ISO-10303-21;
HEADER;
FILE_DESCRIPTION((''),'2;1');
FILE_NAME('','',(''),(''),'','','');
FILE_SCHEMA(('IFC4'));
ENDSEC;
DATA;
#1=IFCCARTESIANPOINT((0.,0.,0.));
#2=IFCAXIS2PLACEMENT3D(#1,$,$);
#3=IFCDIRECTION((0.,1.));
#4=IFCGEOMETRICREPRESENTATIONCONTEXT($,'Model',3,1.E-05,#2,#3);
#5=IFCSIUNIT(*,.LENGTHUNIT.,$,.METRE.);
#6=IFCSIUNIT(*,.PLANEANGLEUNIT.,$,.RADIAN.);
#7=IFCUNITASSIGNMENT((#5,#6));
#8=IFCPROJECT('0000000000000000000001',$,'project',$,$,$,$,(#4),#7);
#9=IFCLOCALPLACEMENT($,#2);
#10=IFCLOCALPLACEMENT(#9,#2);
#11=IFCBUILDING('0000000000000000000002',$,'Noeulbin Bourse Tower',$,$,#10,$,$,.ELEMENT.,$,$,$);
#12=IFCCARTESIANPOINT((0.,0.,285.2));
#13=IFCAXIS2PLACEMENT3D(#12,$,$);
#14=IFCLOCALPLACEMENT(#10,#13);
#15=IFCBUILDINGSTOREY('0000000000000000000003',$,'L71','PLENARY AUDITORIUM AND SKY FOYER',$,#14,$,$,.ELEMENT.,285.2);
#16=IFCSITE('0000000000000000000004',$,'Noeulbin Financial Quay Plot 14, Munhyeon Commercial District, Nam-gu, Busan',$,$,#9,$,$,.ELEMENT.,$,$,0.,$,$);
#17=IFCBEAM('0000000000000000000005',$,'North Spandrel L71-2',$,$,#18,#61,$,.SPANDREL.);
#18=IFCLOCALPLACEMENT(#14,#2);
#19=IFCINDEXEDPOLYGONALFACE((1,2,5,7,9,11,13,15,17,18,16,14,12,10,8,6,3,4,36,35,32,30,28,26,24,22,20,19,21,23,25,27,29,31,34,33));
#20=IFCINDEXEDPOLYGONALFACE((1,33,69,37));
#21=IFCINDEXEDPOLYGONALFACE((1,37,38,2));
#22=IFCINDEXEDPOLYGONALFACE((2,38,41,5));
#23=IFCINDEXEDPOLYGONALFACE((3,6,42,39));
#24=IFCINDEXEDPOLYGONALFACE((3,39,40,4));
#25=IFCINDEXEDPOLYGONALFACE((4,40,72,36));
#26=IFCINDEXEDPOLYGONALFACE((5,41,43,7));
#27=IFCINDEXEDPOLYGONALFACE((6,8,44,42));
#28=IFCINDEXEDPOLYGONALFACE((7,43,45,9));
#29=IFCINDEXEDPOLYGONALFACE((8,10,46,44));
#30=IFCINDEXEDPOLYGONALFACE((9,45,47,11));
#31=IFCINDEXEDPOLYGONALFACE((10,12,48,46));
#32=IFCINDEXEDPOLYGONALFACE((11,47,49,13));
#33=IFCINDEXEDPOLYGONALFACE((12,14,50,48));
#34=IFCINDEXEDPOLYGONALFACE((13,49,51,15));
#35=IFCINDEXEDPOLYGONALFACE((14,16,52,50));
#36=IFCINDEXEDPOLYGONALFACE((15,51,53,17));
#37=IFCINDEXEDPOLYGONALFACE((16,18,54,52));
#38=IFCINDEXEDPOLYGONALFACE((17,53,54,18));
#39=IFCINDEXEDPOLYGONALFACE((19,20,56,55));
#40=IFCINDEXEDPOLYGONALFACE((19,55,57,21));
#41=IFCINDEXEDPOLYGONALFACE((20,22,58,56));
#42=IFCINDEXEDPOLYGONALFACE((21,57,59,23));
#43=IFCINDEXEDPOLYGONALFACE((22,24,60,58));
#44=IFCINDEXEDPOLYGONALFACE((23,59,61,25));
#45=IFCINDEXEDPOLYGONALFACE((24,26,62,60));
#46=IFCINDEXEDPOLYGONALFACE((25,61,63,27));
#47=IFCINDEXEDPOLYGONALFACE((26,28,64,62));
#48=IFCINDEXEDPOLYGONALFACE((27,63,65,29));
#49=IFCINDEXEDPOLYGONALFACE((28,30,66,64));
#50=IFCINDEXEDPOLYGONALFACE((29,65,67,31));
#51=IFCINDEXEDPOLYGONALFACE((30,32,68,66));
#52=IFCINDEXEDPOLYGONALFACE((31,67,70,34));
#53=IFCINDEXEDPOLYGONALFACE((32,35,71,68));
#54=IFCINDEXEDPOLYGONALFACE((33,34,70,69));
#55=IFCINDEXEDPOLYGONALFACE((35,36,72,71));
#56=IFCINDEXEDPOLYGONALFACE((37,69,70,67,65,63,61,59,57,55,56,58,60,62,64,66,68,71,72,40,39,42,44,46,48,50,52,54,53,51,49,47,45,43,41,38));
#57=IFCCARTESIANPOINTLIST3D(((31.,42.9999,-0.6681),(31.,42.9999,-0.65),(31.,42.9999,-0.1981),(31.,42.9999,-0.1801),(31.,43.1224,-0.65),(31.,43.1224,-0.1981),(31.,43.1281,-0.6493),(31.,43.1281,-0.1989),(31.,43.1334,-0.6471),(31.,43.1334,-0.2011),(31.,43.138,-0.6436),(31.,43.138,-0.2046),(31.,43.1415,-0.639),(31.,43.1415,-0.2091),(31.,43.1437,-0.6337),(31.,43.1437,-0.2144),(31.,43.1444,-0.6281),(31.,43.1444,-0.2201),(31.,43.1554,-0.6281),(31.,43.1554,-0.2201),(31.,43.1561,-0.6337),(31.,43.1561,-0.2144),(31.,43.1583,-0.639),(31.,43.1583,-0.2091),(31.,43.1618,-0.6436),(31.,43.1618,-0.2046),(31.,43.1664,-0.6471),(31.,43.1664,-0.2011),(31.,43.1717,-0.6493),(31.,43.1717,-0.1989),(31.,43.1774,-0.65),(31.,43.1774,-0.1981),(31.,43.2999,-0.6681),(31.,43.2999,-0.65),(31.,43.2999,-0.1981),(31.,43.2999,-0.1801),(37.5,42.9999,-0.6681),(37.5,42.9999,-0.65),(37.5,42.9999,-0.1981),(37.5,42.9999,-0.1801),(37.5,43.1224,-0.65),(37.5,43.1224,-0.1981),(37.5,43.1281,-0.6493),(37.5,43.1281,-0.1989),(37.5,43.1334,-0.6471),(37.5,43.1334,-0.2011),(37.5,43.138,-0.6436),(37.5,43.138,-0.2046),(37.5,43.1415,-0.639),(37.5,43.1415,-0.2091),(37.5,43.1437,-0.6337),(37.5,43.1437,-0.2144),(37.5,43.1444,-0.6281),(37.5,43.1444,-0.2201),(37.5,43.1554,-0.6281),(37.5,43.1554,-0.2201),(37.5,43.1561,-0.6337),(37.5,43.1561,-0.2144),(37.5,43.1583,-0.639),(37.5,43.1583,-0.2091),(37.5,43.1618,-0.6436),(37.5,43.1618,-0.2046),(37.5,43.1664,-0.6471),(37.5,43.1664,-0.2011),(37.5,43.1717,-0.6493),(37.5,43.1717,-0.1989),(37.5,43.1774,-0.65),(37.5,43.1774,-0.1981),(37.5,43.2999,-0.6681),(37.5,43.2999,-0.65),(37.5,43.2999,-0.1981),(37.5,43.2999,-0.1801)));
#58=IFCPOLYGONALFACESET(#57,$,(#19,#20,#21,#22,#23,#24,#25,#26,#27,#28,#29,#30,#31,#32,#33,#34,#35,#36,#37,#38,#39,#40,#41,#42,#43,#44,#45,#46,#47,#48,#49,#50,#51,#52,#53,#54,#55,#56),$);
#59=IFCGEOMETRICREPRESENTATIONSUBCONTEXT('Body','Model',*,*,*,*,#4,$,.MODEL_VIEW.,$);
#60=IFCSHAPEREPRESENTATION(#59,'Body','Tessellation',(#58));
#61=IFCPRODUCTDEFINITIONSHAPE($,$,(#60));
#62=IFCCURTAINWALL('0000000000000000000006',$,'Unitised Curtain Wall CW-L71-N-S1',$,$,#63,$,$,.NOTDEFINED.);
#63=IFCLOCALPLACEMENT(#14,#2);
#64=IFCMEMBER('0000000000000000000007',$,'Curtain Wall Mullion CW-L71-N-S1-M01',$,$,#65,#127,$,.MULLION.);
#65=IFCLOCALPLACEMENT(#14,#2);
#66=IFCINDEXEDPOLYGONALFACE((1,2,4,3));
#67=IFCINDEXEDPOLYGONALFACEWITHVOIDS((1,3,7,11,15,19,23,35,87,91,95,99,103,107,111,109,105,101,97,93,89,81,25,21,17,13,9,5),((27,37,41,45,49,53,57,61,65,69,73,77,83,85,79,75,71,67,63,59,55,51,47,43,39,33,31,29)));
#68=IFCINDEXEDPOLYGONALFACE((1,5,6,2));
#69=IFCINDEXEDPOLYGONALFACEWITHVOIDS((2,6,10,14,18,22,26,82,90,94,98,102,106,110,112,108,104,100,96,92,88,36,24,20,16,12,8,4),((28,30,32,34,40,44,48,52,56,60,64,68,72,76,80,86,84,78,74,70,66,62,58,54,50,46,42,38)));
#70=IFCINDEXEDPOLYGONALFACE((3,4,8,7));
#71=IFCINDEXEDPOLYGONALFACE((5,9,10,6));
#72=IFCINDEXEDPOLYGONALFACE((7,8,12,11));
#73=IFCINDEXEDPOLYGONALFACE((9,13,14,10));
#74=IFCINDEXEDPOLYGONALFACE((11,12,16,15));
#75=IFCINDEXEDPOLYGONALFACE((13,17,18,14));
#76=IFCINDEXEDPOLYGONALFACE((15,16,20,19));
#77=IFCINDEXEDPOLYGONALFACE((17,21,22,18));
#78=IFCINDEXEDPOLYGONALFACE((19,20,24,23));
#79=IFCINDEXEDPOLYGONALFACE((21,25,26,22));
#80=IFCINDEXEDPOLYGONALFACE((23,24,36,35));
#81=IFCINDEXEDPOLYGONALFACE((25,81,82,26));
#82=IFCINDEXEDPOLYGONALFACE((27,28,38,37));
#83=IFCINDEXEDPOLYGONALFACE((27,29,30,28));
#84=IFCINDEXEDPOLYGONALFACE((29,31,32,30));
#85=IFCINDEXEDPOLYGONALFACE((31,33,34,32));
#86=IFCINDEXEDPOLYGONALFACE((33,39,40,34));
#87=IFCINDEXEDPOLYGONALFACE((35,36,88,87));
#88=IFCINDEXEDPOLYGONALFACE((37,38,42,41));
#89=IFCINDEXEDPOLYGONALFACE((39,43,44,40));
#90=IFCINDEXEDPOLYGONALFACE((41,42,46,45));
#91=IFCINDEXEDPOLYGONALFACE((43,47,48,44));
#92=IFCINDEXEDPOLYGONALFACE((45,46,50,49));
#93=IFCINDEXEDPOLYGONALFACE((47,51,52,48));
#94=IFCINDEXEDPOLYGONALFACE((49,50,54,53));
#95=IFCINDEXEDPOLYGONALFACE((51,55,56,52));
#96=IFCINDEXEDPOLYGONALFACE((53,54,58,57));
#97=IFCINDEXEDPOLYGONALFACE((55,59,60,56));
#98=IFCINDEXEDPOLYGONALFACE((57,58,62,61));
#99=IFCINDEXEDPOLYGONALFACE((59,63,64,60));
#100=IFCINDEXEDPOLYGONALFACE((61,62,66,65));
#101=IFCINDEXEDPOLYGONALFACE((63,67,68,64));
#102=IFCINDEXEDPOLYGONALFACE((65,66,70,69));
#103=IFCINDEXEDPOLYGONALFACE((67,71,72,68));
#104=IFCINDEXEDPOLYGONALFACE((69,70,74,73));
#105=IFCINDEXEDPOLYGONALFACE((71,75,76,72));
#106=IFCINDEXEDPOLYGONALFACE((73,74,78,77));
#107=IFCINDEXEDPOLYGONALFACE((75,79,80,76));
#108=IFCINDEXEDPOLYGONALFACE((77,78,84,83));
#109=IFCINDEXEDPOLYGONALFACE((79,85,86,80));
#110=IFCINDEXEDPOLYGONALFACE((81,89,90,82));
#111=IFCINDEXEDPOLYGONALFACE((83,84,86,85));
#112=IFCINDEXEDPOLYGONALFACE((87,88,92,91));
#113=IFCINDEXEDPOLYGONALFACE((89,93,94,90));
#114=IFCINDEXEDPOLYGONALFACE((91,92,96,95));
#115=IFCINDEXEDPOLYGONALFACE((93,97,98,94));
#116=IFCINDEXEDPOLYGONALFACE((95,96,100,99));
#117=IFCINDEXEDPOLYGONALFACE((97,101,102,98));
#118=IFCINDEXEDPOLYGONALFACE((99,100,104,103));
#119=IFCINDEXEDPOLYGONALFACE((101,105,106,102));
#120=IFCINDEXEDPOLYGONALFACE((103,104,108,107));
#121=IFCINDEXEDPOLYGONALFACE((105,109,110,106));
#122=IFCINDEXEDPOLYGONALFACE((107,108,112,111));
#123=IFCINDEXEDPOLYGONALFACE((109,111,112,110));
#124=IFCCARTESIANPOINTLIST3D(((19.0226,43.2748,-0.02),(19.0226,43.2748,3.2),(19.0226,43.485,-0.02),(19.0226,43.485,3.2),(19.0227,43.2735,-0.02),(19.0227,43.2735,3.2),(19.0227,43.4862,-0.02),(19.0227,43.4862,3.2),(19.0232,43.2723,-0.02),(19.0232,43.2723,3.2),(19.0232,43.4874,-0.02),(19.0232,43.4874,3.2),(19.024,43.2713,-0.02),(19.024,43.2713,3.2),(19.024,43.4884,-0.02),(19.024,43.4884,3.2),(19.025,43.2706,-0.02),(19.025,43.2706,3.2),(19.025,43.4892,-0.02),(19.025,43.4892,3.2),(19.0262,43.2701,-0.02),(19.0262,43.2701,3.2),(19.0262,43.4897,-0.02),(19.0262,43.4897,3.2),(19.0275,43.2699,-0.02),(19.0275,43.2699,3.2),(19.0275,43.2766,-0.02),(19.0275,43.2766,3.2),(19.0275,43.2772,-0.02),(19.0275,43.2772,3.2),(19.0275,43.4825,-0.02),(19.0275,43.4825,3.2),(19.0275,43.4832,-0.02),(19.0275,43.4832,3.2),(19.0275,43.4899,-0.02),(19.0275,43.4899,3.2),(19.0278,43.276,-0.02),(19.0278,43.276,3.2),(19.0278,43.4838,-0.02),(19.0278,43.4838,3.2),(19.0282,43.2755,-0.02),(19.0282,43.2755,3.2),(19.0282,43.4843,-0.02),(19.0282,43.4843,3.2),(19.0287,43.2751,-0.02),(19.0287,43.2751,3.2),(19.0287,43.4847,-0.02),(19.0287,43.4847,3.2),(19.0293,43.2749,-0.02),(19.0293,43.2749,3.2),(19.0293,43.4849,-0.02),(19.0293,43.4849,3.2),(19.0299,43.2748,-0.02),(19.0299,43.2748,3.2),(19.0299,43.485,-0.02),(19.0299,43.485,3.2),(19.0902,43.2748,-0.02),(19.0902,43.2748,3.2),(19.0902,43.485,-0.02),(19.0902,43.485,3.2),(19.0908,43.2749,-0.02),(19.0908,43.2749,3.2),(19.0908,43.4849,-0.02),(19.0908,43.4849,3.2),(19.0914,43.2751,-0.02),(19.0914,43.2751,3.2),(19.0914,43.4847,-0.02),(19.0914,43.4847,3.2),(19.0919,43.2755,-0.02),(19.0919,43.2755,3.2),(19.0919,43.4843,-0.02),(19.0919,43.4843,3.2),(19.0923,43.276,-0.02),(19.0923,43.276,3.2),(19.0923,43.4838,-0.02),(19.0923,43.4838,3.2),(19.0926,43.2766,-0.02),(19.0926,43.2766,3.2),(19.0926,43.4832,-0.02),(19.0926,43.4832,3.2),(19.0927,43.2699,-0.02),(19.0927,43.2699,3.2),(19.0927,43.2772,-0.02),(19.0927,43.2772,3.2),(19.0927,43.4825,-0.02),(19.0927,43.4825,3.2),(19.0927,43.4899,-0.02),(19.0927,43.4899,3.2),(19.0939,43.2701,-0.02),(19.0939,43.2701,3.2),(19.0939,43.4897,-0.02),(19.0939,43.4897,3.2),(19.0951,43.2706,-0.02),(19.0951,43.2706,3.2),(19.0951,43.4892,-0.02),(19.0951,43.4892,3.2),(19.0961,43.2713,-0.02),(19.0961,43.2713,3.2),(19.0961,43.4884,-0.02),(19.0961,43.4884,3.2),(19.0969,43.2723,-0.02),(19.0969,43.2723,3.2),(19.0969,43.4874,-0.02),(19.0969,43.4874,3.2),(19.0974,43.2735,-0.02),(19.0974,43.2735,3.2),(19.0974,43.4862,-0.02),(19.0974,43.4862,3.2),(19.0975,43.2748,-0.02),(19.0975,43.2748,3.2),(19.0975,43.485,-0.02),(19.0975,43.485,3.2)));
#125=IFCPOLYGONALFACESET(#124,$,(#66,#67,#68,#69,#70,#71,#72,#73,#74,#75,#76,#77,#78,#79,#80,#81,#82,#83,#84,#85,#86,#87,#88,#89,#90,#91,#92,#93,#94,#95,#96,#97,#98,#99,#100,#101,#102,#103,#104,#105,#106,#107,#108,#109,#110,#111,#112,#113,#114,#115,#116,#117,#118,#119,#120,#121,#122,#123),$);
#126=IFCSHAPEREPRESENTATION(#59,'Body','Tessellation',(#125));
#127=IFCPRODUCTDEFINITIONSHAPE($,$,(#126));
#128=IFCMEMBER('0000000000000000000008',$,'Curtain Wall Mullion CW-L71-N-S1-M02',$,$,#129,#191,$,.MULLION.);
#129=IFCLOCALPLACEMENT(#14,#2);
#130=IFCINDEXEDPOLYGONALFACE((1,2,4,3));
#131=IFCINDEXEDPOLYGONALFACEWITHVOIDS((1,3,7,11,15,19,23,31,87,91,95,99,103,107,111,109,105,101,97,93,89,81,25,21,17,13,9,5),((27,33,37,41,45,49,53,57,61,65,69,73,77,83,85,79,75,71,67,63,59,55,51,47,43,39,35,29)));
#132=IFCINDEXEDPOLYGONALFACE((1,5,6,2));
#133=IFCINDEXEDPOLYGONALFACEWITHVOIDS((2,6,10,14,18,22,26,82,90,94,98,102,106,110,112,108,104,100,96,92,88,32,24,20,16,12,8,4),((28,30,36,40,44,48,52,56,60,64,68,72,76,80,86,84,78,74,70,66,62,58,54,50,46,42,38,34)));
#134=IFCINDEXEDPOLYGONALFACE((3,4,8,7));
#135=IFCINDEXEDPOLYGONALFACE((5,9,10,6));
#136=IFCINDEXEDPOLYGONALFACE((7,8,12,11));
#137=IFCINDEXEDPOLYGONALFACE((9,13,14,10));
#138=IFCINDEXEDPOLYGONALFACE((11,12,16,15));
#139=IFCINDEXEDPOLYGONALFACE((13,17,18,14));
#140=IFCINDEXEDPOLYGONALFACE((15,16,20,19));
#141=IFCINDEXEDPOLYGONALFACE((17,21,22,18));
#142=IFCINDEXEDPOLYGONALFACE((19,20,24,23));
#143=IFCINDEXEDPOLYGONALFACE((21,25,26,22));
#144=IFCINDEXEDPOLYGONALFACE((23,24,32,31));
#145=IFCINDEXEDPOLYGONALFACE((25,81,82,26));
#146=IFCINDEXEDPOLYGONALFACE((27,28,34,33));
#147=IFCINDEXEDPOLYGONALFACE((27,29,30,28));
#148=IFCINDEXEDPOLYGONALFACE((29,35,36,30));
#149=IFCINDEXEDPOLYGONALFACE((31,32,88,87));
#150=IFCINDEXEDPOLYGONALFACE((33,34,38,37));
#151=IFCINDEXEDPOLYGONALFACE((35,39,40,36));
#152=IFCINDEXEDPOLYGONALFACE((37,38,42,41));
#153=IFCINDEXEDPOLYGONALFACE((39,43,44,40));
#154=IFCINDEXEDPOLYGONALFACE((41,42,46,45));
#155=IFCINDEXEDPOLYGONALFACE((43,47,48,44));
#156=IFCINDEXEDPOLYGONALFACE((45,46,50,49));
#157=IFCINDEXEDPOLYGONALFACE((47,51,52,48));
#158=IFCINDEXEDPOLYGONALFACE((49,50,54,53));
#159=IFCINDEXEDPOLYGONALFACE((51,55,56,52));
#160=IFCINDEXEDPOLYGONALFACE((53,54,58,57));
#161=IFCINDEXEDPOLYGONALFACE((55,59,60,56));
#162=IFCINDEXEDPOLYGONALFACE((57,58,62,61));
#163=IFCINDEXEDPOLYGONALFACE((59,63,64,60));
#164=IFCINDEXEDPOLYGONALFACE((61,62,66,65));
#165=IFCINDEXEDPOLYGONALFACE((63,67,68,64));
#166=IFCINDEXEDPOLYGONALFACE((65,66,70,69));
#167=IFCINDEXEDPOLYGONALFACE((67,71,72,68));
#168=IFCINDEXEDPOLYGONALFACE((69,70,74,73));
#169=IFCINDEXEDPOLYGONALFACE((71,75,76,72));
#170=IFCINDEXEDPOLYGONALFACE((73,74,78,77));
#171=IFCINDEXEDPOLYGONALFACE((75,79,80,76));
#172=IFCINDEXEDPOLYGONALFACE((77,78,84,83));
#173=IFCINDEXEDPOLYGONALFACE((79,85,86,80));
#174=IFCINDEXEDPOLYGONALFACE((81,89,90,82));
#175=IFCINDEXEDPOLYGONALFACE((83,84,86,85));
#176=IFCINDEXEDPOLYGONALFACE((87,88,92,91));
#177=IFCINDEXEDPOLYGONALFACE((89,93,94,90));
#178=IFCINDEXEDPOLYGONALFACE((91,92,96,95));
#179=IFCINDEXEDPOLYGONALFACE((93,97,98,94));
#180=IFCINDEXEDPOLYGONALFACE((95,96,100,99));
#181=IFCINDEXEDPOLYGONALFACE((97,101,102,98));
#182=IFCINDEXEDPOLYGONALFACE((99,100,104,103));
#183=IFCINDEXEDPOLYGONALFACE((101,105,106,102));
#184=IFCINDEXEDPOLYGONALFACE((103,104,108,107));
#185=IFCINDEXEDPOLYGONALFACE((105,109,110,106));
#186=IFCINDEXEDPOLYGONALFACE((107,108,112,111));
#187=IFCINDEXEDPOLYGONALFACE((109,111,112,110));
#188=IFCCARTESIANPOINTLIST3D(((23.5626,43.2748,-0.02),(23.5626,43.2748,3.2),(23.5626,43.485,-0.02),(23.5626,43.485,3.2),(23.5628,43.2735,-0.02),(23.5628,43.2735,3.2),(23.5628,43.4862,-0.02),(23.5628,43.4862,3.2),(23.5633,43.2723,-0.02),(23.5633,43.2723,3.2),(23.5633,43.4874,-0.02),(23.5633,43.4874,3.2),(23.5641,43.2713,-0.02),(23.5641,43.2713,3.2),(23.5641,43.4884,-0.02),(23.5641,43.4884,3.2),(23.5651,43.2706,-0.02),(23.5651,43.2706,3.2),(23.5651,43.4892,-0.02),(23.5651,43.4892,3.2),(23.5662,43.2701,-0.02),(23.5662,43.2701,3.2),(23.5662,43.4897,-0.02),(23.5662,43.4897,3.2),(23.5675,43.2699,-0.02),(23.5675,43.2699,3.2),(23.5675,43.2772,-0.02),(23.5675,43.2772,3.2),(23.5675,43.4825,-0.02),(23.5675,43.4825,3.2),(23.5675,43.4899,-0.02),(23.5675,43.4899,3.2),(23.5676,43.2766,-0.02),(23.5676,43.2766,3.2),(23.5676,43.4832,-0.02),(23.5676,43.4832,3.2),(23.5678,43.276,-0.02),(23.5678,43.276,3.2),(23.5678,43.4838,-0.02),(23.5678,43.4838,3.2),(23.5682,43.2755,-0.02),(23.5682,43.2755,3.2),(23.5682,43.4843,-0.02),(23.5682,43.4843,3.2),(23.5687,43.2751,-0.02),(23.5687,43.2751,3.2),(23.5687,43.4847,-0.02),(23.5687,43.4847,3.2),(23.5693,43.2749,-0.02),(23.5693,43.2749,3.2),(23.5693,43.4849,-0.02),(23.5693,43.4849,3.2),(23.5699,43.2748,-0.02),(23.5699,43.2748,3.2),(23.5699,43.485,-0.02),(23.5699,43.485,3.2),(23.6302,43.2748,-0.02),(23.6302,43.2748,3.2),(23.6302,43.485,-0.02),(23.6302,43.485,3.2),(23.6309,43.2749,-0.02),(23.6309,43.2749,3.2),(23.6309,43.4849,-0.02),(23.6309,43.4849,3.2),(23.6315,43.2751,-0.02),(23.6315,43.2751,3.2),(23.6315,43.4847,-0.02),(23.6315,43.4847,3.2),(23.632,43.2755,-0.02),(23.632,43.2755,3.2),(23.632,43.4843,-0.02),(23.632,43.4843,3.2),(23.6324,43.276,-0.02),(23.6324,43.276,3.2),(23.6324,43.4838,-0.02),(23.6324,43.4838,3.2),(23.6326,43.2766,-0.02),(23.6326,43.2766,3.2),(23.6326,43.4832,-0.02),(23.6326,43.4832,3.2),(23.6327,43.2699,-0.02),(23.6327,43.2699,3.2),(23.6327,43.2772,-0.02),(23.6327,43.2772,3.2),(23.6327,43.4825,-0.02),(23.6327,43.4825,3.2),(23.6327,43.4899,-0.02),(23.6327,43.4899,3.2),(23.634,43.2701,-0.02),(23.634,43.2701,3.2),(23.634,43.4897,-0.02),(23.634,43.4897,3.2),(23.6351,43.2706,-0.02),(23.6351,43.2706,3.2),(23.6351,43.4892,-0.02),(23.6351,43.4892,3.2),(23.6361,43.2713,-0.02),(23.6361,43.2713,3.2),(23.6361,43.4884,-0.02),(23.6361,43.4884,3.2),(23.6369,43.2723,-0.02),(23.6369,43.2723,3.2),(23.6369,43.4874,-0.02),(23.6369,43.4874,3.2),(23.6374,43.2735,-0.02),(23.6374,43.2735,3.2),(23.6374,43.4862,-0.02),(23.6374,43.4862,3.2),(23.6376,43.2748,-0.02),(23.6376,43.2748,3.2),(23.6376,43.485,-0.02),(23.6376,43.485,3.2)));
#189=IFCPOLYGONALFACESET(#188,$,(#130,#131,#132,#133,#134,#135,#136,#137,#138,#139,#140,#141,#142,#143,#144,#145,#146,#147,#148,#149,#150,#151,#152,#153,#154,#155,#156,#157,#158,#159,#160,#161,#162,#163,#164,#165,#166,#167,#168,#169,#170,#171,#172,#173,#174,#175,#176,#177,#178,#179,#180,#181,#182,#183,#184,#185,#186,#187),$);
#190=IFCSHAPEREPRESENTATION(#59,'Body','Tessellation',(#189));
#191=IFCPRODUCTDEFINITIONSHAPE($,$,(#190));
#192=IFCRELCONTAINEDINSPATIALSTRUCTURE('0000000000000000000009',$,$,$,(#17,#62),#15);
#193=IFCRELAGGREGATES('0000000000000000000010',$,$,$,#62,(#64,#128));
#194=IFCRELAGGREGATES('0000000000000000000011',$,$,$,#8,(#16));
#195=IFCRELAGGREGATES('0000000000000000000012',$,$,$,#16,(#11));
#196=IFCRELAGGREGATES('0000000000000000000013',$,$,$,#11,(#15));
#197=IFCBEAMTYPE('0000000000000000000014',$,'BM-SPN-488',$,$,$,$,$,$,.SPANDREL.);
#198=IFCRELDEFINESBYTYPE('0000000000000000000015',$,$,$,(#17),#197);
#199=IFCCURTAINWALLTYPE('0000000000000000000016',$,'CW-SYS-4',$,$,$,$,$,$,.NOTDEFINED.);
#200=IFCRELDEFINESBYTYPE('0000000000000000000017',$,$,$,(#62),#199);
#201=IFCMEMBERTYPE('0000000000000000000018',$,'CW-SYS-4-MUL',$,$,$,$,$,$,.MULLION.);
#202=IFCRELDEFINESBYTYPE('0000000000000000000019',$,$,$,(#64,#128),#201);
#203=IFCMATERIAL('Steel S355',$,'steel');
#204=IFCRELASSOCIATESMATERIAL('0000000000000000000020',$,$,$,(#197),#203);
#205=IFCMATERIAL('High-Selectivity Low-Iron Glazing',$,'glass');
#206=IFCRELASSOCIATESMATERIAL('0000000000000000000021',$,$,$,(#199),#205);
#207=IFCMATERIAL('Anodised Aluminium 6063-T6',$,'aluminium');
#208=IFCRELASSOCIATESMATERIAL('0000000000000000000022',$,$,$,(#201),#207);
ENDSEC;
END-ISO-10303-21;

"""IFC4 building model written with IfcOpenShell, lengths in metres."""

from ifc_helpers import new_model, si_unit, direction, frame, origin, origin_2d, place, context, subcontext, project, spatial, hollow_rectangle, i_section, extrude, material, material_profile, profile_set, type_object, element, aggregate, save


model = new_model("IFC4")

# Units and contexts
model_context = context("Model", 3, precision=1e-05, world=origin(), true_north=direction((0.0, 1.0)))
body_context = subcontext(model_context, "Body", "Model", "MODEL_VIEW")
ifc_project = project(units=[si_unit("LENGTHUNIT", "METRE"), si_unit("PLANEANGLEUNIT", "RADIAN")], contexts=[model_context])

# Site, building, storey
site_placement = place(None, origin())
site = spatial("IfcSite", under=ifc_project, at=site_placement, Name="Noeulbin Financial Quay Plot 14, Munhyeon Commercial District, Nam-gu, Busan", CompositionType="ELEMENT", RefElevation=0.0)
building_placement = place(site_placement, origin())
building = spatial("IfcBuilding", under=site, at=building_placement, Name="Noeulbin Bourse Tower", CompositionType="ELEMENT")
storey_placement = place(building_placement, frame((0.0, 0.0, 285.2)))
storey = spatial("IfcBuildingStorey", under=building, at=storey_placement, Name="L71", Description="PLENARY AUDITORIUM AND SKY FOYER", CompositionType="ELEMENT", Elevation=285.2)

# Shared definitions
ifc_material_1 = material(Name="Steel S355", Category="steel")

# Beam
ifc_material_profile_1 = material_profile(ifc_material_1, i_section(OverallWidth=0.3, OverallDepth=0.488, WebThickness=0.011, FlangeThickness=0.0181, FilletRadius=0.022, at=origin_2d()), Name="H-488x300x11x18", Category="LoadBearing")
ifc_profile_set_1 = profile_set([ifc_material_profile_1], Name="Steel S355")
beam_type_1 = type_object("IfcBeamType", Name="BM-SPN-488", PredefinedType="SPANDREL", material=ifc_profile_set_1)
beam_1_placement = place(storey_placement, frame((31.0, 43.1499, -0.4241), z_axis=(1.0, 0.0, 0.0), x_axis=(0.0, 1.0, 0.0)))
element("IfcBeam", 1, at=beam_1_placement, inside=storey, type_object=beam_type_1, Name="North Spandrel L71-2", PredefinedType="SPANDREL", context=body_context, shape_type="SweptSolid", body=[
    extrude(i_section(OverallWidth=0.3, OverallDepth=0.488, WebThickness=0.011, FlangeThickness=0.0181, FilletRadius=0.022, at=origin_2d()), origin(), (0.0, 0.0, 1.0), 6.5),
])

# Curtain wall, members
ifc_material_2 = material(Name="High-Selectivity Low-Iron Glazing", Category="glass")
curtain_wall_type = type_object("IfcCurtainWallType", Name="CW-SYS-4", PredefinedType="NOTDEFINED", material=ifc_material_2)
curtain_wall_1_placement = place(storey_placement, origin())
curtain_wall_1 = element("IfcCurtainWall", 2, at=curtain_wall_1_placement, inside=storey, type_object=curtain_wall_type, Name="Unitised Curtain Wall CW-L71-N-S1", PredefinedType="NOTDEFINED")
ifc_material_3 = material(Name="Anodised Aluminium 6063-T6", Category="aluminium")
ifc_material_profile_2 = material_profile(ifc_material_3, hollow_rectangle(XDim=0.075, YDim=0.22, WallThickness=0.0049, InnerFilletRadius=0.0024, OuterFilletRadius=0.0049, at=origin_2d()), Name="ALU-MULL-75x220x5", Category="LoadBearing")
ifc_profile_set_2 = profile_set([ifc_material_profile_2], Name="Anodised Aluminium 6063-T6")
member_type_1 = type_object("IfcMemberType", Name="CW-SYS-4-MUL", PredefinedType="MULLION", material=ifc_profile_set_2)
member_1_placement = place(storey_placement, frame((19.0601, 43.3799, -0.02), z_axis=(0.0, 0.0, 1.0), x_axis=(1.0, 0.0, 0.0)))
member_1 = element("IfcMember", 3, at=member_1_placement, type_object=member_type_1, Name="Curtain Wall Mullion CW-L71-N-S1-M01", PredefinedType="MULLION", context=body_context, shape_type="SweptSolid", body=[
    extrude(hollow_rectangle(XDim=0.075, YDim=0.22, WallThickness=0.0049, InnerFilletRadius=0.0024, OuterFilletRadius=0.0049, at=origin_2d()), origin(), (0.0, 0.0, 1.0), 3.22),
])
member_2_placement = place(storey_placement, frame((23.6001, 43.3799, -0.02), z_axis=(0.0, 0.0, 1.0), x_axis=(1.0, 0.0, 0.0)))
member_2 = element("IfcMember", 4, at=member_2_placement, type_object=member_type_1, Name="Curtain Wall Mullion CW-L71-N-S1-M02", PredefinedType="MULLION", context=body_context, shape_type="SweptSolid", body=[
    extrude(hollow_rectangle(XDim=0.075, YDim=0.22, WallThickness=0.0049, InnerFilletRadius=0.0024, OuterFilletRadius=0.0049, at=origin_2d()), origin(), (0.0, 0.0, 1.0), 3.22),
])

aggregate(curtain_wall_1, [member_1, member_2])

save(model, "model.ifc")
